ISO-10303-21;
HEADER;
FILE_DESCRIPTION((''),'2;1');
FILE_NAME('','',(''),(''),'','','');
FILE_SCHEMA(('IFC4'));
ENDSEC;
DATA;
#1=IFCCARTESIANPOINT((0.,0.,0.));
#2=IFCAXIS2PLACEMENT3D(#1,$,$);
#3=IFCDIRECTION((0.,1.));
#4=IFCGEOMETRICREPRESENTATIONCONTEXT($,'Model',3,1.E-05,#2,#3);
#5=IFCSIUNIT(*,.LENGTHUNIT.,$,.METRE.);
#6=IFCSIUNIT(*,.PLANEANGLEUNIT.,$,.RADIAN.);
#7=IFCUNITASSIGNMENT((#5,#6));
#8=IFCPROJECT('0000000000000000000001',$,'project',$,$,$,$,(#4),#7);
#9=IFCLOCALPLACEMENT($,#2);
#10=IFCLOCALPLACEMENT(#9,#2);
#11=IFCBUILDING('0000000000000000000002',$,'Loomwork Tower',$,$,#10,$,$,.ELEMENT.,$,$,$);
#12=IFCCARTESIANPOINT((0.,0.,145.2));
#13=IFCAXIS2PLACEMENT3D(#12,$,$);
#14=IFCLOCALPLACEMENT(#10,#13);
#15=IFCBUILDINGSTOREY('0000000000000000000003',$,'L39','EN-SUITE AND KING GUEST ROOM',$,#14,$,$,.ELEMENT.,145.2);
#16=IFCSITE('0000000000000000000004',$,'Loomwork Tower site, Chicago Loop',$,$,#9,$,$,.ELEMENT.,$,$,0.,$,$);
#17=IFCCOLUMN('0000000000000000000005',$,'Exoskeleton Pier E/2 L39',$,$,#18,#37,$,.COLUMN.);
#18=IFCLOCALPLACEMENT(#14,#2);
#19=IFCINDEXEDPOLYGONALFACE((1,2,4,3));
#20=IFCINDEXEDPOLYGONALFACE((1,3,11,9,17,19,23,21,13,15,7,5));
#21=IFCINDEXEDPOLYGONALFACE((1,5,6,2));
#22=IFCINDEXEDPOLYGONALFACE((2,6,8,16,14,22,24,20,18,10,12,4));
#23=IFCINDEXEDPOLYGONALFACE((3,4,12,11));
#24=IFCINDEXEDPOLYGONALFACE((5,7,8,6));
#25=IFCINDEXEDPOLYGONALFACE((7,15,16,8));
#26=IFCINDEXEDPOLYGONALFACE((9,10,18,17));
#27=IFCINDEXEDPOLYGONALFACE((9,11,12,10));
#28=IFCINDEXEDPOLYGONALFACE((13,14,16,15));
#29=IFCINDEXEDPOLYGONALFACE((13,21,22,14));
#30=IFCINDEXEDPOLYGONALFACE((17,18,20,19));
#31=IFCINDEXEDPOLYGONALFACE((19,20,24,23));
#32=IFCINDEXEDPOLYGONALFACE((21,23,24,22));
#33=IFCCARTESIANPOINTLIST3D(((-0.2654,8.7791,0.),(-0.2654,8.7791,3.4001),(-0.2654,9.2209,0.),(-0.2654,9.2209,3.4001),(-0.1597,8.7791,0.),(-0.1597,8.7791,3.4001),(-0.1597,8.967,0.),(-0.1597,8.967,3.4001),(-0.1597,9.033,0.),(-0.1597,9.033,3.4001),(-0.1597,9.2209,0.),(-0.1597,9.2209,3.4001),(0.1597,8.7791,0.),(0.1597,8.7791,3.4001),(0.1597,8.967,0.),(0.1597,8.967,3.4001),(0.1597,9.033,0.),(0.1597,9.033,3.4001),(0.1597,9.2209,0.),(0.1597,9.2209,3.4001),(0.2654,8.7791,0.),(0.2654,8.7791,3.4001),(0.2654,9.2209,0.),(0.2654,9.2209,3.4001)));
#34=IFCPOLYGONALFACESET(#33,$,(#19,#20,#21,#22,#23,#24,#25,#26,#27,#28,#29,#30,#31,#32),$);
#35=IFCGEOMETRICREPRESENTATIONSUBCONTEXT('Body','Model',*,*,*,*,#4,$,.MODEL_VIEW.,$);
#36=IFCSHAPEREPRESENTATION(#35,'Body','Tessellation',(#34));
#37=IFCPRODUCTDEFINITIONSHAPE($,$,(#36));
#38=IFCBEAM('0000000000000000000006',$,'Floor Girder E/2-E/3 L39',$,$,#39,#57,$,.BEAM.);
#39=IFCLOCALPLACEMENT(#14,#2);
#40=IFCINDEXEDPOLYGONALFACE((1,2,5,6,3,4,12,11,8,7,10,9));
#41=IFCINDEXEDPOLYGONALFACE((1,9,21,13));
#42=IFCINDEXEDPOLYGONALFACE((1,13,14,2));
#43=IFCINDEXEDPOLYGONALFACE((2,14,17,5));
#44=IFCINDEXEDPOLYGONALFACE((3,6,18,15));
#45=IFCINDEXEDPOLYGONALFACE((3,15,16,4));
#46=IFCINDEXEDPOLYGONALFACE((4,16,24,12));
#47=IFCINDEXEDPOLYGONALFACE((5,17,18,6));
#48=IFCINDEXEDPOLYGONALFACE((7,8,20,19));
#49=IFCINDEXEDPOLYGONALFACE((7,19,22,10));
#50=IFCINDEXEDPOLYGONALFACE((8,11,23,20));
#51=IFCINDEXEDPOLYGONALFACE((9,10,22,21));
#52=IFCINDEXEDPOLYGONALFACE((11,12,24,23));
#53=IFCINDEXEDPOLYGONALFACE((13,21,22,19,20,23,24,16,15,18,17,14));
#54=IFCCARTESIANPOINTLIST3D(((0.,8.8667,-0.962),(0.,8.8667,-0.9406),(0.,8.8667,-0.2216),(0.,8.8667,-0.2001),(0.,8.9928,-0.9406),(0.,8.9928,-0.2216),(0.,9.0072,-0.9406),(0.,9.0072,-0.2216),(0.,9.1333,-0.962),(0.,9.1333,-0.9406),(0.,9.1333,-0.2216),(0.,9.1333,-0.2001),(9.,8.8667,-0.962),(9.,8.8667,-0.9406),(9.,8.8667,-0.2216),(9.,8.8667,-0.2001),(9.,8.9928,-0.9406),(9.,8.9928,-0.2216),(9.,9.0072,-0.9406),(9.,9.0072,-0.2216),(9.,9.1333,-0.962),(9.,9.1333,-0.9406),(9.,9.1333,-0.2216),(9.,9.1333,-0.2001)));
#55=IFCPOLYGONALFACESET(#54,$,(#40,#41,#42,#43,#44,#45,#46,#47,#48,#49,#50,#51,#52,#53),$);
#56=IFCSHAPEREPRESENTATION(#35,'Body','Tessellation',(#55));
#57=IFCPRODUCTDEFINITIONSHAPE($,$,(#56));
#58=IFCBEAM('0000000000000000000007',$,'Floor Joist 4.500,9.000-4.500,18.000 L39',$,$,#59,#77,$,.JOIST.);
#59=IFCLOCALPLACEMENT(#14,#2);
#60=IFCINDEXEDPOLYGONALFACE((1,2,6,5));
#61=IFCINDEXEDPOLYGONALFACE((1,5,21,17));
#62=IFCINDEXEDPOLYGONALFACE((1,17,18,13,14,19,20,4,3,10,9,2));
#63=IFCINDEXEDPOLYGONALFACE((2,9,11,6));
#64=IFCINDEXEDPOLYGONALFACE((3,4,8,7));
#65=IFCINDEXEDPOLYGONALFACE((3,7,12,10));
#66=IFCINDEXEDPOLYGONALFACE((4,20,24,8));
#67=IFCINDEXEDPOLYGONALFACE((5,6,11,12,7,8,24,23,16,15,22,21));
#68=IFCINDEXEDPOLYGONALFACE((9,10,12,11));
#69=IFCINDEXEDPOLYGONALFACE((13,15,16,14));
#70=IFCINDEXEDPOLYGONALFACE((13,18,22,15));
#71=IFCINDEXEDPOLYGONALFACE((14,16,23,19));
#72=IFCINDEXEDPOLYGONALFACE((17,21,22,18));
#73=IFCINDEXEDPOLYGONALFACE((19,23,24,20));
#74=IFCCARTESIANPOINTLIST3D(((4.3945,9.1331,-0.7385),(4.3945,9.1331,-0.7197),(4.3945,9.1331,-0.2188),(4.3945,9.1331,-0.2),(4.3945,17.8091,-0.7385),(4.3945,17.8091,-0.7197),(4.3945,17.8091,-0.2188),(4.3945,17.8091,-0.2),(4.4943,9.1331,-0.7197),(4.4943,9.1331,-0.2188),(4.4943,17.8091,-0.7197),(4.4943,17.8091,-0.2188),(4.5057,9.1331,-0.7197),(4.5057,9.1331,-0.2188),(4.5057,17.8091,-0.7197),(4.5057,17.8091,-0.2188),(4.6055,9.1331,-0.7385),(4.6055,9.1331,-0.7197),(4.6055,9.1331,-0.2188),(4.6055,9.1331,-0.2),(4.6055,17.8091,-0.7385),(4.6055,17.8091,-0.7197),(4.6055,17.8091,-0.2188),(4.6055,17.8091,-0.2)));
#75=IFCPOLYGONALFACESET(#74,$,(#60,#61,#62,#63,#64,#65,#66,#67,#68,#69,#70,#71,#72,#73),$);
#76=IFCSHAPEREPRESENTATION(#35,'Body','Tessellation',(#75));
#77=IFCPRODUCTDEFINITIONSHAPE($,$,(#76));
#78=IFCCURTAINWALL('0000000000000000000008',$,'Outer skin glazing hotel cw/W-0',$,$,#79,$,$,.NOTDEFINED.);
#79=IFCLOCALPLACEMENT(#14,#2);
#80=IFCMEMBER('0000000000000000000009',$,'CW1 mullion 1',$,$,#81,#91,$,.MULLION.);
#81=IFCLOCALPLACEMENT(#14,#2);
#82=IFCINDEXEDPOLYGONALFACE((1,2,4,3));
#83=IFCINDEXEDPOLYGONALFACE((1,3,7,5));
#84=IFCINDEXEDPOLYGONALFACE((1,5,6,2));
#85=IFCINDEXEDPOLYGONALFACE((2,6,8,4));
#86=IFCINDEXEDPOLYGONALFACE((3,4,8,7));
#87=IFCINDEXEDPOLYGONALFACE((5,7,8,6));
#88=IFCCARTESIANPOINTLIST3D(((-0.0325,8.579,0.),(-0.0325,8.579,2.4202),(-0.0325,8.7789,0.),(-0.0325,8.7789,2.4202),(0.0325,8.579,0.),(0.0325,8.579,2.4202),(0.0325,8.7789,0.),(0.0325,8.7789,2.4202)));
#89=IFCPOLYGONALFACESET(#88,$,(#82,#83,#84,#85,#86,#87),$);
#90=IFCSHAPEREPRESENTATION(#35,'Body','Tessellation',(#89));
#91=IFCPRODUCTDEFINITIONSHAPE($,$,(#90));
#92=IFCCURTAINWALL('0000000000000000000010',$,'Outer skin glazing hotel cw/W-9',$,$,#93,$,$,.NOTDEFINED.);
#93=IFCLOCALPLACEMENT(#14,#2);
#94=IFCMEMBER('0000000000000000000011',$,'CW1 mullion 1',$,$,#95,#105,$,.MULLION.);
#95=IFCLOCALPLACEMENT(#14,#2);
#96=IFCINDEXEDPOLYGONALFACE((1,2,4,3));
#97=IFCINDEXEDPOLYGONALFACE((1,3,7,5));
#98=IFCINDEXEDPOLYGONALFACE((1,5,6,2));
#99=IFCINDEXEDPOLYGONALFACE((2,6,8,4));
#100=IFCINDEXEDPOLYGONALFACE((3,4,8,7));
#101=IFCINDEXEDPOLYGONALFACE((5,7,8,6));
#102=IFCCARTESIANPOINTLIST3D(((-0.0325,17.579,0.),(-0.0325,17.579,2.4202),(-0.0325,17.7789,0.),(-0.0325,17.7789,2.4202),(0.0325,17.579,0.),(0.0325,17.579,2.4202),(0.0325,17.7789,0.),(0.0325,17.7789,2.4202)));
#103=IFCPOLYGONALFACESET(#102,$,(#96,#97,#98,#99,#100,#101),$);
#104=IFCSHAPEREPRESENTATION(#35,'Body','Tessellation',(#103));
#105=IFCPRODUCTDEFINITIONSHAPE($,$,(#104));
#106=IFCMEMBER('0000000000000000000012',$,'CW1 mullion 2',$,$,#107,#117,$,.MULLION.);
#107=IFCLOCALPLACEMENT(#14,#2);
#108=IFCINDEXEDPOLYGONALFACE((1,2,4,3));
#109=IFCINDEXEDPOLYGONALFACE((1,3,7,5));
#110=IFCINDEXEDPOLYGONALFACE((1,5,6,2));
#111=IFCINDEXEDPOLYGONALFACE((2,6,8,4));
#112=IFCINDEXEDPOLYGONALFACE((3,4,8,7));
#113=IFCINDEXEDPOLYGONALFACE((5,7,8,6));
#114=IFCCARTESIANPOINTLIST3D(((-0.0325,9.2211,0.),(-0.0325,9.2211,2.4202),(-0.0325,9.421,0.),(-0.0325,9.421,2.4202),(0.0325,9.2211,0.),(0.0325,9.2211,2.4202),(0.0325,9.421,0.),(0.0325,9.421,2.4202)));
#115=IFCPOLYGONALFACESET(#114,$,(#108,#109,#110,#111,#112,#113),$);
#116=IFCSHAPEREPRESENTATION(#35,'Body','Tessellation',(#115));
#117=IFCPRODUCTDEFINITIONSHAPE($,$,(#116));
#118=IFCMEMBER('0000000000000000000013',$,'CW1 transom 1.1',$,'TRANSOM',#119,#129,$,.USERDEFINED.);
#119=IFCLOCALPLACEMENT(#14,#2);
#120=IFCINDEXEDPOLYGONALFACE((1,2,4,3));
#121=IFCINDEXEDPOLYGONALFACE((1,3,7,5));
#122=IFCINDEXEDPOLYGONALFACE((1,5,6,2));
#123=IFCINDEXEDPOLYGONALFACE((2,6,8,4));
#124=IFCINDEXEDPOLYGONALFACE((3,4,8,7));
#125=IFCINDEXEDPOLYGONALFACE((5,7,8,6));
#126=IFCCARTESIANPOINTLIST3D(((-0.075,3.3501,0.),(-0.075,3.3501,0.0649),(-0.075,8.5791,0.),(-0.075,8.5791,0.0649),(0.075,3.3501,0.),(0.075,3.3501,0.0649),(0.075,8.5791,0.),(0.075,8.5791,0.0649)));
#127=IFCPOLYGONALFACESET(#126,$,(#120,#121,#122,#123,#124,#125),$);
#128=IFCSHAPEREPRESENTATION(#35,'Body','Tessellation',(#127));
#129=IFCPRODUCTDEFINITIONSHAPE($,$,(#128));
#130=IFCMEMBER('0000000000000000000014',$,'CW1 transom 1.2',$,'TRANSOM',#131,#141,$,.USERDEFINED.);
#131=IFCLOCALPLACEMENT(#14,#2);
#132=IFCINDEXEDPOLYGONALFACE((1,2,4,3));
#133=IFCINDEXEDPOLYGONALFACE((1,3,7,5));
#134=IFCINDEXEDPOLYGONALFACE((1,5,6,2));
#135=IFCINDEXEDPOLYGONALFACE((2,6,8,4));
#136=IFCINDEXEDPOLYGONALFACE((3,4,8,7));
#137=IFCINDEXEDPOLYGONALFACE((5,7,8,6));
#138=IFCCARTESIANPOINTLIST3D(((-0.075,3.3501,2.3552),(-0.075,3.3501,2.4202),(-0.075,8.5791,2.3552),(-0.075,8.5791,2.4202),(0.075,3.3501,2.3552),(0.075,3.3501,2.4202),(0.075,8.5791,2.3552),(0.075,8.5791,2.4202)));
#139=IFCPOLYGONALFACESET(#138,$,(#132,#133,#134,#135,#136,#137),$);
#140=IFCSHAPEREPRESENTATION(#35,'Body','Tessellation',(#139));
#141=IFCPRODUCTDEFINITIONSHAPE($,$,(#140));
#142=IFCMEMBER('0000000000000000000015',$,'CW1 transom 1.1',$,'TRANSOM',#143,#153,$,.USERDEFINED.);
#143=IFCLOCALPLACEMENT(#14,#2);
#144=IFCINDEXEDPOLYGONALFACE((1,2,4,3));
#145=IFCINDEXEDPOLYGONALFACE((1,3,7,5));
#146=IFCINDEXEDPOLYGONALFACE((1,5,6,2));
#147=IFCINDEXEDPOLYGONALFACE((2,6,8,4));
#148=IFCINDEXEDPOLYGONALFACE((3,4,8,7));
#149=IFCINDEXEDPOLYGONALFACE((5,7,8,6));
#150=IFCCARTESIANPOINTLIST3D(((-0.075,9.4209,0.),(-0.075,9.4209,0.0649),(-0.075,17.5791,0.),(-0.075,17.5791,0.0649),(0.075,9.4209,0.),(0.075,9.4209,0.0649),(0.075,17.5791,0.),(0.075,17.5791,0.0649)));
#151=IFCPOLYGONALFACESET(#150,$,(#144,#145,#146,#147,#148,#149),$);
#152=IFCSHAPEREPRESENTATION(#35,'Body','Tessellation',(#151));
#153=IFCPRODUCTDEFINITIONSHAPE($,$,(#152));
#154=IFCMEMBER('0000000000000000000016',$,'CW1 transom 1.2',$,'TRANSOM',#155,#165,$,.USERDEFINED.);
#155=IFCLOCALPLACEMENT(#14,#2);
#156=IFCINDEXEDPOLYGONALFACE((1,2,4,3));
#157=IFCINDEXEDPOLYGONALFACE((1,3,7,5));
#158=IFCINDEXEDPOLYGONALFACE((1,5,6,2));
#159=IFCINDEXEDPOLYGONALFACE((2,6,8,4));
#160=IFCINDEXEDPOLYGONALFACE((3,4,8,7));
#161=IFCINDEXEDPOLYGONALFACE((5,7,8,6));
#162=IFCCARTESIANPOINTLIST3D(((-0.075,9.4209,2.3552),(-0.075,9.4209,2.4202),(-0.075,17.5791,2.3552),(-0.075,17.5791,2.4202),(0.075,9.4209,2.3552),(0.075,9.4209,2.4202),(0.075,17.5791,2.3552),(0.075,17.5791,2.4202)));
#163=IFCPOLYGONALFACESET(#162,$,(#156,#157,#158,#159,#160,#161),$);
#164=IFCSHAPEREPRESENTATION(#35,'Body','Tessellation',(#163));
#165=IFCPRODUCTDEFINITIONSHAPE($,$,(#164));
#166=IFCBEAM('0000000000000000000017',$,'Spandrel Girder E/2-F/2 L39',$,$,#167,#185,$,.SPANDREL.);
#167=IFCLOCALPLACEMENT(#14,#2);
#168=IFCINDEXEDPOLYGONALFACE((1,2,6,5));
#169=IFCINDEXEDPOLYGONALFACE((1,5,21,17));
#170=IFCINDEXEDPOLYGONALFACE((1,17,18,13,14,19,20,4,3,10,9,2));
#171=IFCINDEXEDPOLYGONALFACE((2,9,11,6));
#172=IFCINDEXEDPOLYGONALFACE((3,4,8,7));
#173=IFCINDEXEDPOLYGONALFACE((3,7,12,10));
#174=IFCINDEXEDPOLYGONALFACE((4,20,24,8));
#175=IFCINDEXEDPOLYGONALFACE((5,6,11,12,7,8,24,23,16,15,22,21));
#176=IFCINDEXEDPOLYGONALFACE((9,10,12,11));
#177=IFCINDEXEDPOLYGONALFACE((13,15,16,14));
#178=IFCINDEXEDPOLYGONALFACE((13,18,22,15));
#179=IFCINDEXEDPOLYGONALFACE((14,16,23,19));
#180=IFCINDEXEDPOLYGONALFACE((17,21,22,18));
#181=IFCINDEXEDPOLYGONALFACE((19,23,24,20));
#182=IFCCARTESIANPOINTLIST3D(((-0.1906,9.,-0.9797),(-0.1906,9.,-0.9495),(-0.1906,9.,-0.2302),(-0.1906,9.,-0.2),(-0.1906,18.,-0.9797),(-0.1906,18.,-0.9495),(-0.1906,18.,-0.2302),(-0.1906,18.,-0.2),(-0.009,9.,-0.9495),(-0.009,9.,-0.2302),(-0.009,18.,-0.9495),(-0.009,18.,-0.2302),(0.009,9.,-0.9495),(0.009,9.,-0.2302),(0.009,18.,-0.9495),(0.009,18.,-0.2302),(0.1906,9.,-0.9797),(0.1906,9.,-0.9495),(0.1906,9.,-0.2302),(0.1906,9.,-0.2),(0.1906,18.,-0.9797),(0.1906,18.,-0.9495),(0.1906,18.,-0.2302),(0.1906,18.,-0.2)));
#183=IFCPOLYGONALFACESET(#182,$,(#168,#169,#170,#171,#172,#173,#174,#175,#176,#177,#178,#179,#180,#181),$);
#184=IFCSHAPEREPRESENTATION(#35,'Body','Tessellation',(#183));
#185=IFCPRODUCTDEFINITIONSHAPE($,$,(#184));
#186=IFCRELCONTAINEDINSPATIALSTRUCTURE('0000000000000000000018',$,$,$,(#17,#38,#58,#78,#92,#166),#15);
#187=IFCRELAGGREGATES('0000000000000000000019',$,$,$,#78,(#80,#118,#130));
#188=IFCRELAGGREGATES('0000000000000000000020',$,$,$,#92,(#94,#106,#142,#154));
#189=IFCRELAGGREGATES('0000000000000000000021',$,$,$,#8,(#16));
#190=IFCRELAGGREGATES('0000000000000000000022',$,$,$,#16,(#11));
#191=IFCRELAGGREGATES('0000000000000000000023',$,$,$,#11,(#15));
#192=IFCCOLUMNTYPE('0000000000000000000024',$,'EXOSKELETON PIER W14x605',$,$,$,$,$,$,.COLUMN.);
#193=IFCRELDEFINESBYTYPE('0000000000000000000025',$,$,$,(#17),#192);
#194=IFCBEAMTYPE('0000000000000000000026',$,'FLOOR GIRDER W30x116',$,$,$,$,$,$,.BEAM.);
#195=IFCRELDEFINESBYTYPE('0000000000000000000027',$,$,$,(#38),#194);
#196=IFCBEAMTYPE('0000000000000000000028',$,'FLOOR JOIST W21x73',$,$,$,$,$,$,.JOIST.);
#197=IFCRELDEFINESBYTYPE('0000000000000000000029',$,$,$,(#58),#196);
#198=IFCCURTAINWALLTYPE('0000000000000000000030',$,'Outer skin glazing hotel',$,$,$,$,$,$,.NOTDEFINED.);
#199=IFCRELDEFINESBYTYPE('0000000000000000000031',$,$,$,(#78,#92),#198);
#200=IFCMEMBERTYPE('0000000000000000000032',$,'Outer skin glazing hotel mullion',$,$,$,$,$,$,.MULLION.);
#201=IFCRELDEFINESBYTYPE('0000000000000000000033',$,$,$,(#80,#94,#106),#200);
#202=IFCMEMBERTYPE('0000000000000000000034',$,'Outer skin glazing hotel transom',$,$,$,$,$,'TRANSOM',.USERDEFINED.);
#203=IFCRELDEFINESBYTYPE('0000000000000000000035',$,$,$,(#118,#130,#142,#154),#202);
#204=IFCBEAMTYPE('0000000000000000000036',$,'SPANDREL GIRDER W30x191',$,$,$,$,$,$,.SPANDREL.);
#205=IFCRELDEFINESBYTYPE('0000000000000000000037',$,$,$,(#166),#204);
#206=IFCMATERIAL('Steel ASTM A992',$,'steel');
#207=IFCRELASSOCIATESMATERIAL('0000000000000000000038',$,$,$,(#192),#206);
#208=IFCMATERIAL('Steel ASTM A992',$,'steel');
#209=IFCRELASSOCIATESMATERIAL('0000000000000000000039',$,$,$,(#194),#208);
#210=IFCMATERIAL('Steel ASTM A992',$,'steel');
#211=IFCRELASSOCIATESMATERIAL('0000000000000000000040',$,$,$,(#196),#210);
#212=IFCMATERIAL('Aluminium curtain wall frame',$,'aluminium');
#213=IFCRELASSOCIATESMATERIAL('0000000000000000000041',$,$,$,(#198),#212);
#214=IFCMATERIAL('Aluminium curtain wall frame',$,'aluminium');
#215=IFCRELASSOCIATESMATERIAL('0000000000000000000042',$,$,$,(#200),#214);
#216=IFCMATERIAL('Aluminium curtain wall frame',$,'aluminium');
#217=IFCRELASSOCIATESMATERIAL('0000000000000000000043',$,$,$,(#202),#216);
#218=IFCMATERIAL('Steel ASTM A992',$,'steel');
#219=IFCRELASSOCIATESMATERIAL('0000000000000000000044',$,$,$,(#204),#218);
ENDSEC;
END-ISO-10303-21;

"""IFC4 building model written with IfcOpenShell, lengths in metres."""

from ifc_helpers import new_model, si_unit, direction, frame, origin, origin_2d, place, context, subcontext, project, spatial, rectangle, i_section, extrude, material, material_profile, profile_set, type_object, element, aggregate, save


model = new_model("IFC4")

# Units and contexts
model_context = context("Model", 3, precision=1e-05, world=origin(), true_north=direction((0.0, 1.0)))
body_context = subcontext(model_context, "Body", "Model", "MODEL_VIEW")
ifc_project = project(units=[si_unit("LENGTHUNIT", "METRE"), si_unit("PLANEANGLEUNIT", "RADIAN")], contexts=[model_context])

# Site, building, storey
site_placement = place(None, origin())
site = spatial("IfcSite", under=ifc_project, at=site_placement, Name="Loomwork Tower site, Chicago Loop", CompositionType="ELEMENT", RefElevation=0.0)
building_placement = place(site_placement, origin())
building = spatial("IfcBuilding", under=site, at=building_placement, Name="Loomwork Tower", CompositionType="ELEMENT")
storey_placement = place(building_placement, frame((0.0, 0.0, 145.2)))
storey = spatial("IfcBuildingStorey", under=building, at=storey_placement, Name="L39", Description="EN-SUITE AND KING GUEST ROOM", CompositionType="ELEMENT", Elevation=145.2)

# Column
ifc_material_1 = material(Name="Steel ASTM A992", Category="steel")
ifc_material_profile_1 = material_profile(ifc_material_1, i_section(OverallWidth=0.4419, OverallDepth=0.5308, WebThickness=0.0659, FlangeThickness=0.1057, at=origin_2d()), Name="W14x605")
ifc_profile_set_1 = profile_set([ifc_material_profile_1], Name="Steel ASTM A992")
column_type = type_object("IfcColumnType", Name="EXOSKELETON PIER W14x605", PredefinedType="COLUMN", material=ifc_profile_set_1)
column_placement = place(storey_placement, frame((0.0, 9.0, 0.0), z_axis=(0.0, 0.0, 1.0), x_axis=(0.0, 1.0, 0.0)))
element("IfcColumn", 1, at=column_placement, inside=storey, type_object=column_type, Name="Exoskeleton Pier E/2 L39", PredefinedType="COLUMN", context=body_context, shape_type="SweptSolid", body=[
    extrude(i_section(OverallWidth=0.4419, OverallDepth=0.5308, WebThickness=0.0659, FlangeThickness=0.1057, at=origin_2d()), origin(), (0.0, 0.0, 1.0), 3.4001),
])

# Beams
ifc_material_2 = material(Name="Steel ASTM A992", Category="steel")
ifc_material_profile_2 = material_profile(ifc_material_2, i_section(OverallWidth=0.2666, OverallDepth=0.762, WebThickness=0.0144, FlangeThickness=0.0215, at=origin_2d()), Name="W30x116")
ifc_profile_set_2 = profile_set([ifc_material_profile_2], Name="Steel ASTM A992")
beam_type_1 = type_object("IfcBeamType", Name="FLOOR GIRDER W30x116", PredefinedType="BEAM", material=ifc_profile_set_2)
beam_1_placement = place(storey_placement, frame((0.0, 9.0, -0.5811), z_axis=(1.0, 0.0, 0.0), x_axis=(0.0, 1.0, 0.0)))
element("IfcBeam", 2, at=beam_1_placement, inside=storey, type_object=beam_type_1, Name="Floor Girder E/2-E/3 L39", PredefinedType="BEAM", context=body_context, shape_type="SweptSolid", body=[
    extrude(i_section(OverallWidth=0.2666, OverallDepth=0.762, WebThickness=0.0144, FlangeThickness=0.0215, at=origin_2d()), origin(), (0.0, 0.0, 1.0), 9.0),
])
ifc_material_3 = material(Name="Steel ASTM A992", Category="steel")
ifc_material_profile_3 = material_profile(ifc_material_3, i_section(OverallWidth=0.2109, OverallDepth=0.5386, WebThickness=0.0115, FlangeThickness=0.0188, at=origin_2d()), Name="W21x73")
ifc_profile_set_3 = profile_set([ifc_material_profile_3], Name="Steel ASTM A992")
beam_type_2 = type_object("IfcBeamType", Name="FLOOR JOIST W21x73", PredefinedType="JOIST", material=ifc_profile_set_3)
beam_2_placement = place(storey_placement, frame((4.5, 9.1331, -0.4692), z_axis=(0.0, 1.0, 0.0), x_axis=(-1.0, 0.0, 0.0)))
element("IfcBeam", 3, at=beam_2_placement, inside=storey, type_object=beam_type_2, Name="Floor Joist 4.500,9.000-4.500,18.000 L39", PredefinedType="JOIST", context=body_context, shape_type="SweptSolid", body=[
    extrude(i_section(OverallWidth=0.2109, OverallDepth=0.5386, WebThickness=0.0115, FlangeThickness=0.0188, at=origin_2d()), origin(), (0.0, 0.0, 1.0), 8.676),
])

# Curtain wall, member
ifc_material_4 = material(Name="Aluminium curtain wall frame", Category="aluminium")
curtain_wall_type = type_object("IfcCurtainWallType", Name="Outer skin glazing hotel", PredefinedType="NOTDEFINED", material=ifc_material_4)
curtain_wall_1_placement = place(storey_placement, origin())
curtain_wall_1 = element("IfcCurtainWall", 4, at=curtain_wall_1_placement, inside=storey, type_object=curtain_wall_type, Name="Outer skin glazing hotel cw/W-0", PredefinedType="NOTDEFINED")
ifc_material_5 = material(Name="Aluminium curtain wall frame", Category="aluminium")
ifc_material_profile_4 = material_profile(ifc_material_5, rectangle(XDim=0.0649, YDim=0.2, at=origin_2d()), Name="AL 65x200")
ifc_profile_set_4 = profile_set([ifc_material_profile_4], Name="Aluminium curtain wall frame")
member_type_1 = type_object("IfcMemberType", Name="Outer skin glazing hotel mullion", PredefinedType="MULLION", material=ifc_profile_set_4)
member_1_placement = place(storey_placement, frame((0.0, 8.679, 0.0), z_axis=(0.0, 0.0, 1.0), x_axis=(1.0, 0.0, 0.0)))
member_1 = element("IfcMember", 5, at=member_1_placement, type_object=member_type_1, Name="CW1 mullion 1", PredefinedType="MULLION", context=body_context, shape_type="SweptSolid", body=[
    extrude(rectangle(XDim=0.0649, YDim=0.2, at=origin_2d()), origin(), (0.0, 0.0, 1.0), 2.4202),
])

# Curtain wall, members
curtain_wall_2_placement = place(storey_placement, origin())
curtain_wall_2 = element("IfcCurtainWall", 6, at=curtain_wall_2_placement, inside=storey, type_object=curtain_wall_type, Name="Outer skin glazing hotel cw/W-9", PredefinedType="NOTDEFINED")
member_2_placement = place(storey_placement, frame((0.0, 17.679, 0.0), z_axis=(0.0, 0.0, 1.0), x_axis=(1.0, 0.0, 0.0)))
member_2 = element("IfcMember", 7, at=member_2_placement, type_object=member_type_1, Name="CW1 mullion 1", PredefinedType="MULLION", context=body_context, shape_type="SweptSolid", body=[
    extrude(rectangle(XDim=0.0649, YDim=0.2, at=origin_2d()), origin(), (0.0, 0.0, 1.0), 2.4202),
])
member_3_placement = place(storey_placement, frame((0.0, 9.321, 0.0), z_axis=(0.0, 0.0, 1.0), x_axis=(1.0, 0.0, 0.0)))
member_3 = element("IfcMember", 8, at=member_3_placement, type_object=member_type_1, Name="CW1 mullion 2", PredefinedType="MULLION", context=body_context, shape_type="SweptSolid", body=[
    extrude(rectangle(XDim=0.0649, YDim=0.2, at=origin_2d()), origin(), (0.0, 0.0, 1.0), 2.4202),
])

# Members
ifc_material_6 = material(Name="Aluminium curtain wall frame", Category="aluminium")
ifc_material_profile_5 = material_profile(ifc_material_6, rectangle(XDim=0.1499, YDim=0.0649, at=origin_2d()), Name="AL 65x150")
ifc_profile_set_5 = profile_set([ifc_material_profile_5], Name="Aluminium curtain wall frame")
member_type_2 = type_object("IfcMemberType", Name="Outer skin glazing hotel transom", ElementType="TRANSOM", PredefinedType="USERDEFINED", material=ifc_profile_set_5)
member_4_placement = place(storey_placement, frame((0.0, 8.5791, 0.0325), z_axis=(0.0, -1.0, 0.0), x_axis=(1.0, 0.0, 0.0)))
member_4 = element("IfcMember", 9, at=member_4_placement, type_object=member_type_2, Name="CW1 transom 1.1", ObjectType="TRANSOM", PredefinedType="USERDEFINED", context=body_context, shape_type="SweptSolid", body=[
    extrude(rectangle(XDim=0.1499, YDim=0.0649, at=origin_2d()), origin(), (0.0, 0.0, 1.0), 5.229),
])
member_5_placement = place(storey_placement, frame((0.0, 8.5791, 2.3877), z_axis=(0.0, -1.0, 0.0), x_axis=(1.0, 0.0, 0.0)))
member_5 = element("IfcMember", 10, at=member_5_placement, type_object=member_type_2, Name="CW1 transom 1.2", ObjectType="TRANSOM", PredefinedType="USERDEFINED", context=body_context, shape_type="SweptSolid", body=[
    extrude(rectangle(XDim=0.1499, YDim=0.0649, at=origin_2d()), origin(), (0.0, 0.0, 1.0), 5.229),
])
member_6_placement = place(storey_placement, frame((0.0, 17.5791, 0.0325), z_axis=(0.0, -1.0, 0.0), x_axis=(1.0, 0.0, 0.0)))
member_6 = element("IfcMember", 11, at=member_6_placement, type_object=member_type_2, Name="CW1 transom 1.1", ObjectType="TRANSOM", PredefinedType="USERDEFINED", context=body_context, shape_type="SweptSolid", body=[
    extrude(rectangle(XDim=0.1499, YDim=0.0649, at=origin_2d()), origin(), (0.0, 0.0, 1.0), 8.1582),
])
member_7_placement = place(storey_placement, frame((0.0, 17.5791, 2.3877), z_axis=(0.0, -1.0, 0.0), x_axis=(1.0, 0.0, 0.0)))
member_7 = element("IfcMember", 12, at=member_7_placement, type_object=member_type_2, Name="CW1 transom 1.2", ObjectType="TRANSOM", PredefinedType="USERDEFINED", context=body_context, shape_type="SweptSolid", body=[
    extrude(rectangle(XDim=0.1499, YDim=0.0649, at=origin_2d()), origin(), (0.0, 0.0, 1.0), 8.1582),
])

# Beam
ifc_material_7 = material(Name="Steel ASTM A992", Category="steel")
ifc_material_profile_6 = material_profile(ifc_material_7, i_section(OverallWidth=0.3811, OverallDepth=0.7798, WebThickness=0.0181, FlangeThickness=0.0303, at=origin_2d()), Name="W30x191")
ifc_profile_set_6 = profile_set([ifc_material_profile_6], Name="Steel ASTM A992")
beam_type_3 = type_object("IfcBeamType", Name="SPANDREL GIRDER W30x191", PredefinedType="SPANDREL", material=ifc_profile_set_6)
beam_3_placement = place(storey_placement, frame((0.0, 9.0, -0.5898), z_axis=(0.0, 1.0, 0.0), x_axis=(-1.0, 0.0, 0.0)))
element("IfcBeam", 13, at=beam_3_placement, inside=storey, type_object=beam_type_3, Name="Spandrel Girder E/2-F/2 L39", PredefinedType="SPANDREL", context=body_context, shape_type="SweptSolid", body=[
    extrude(i_section(OverallWidth=0.3811, OverallDepth=0.7798, WebThickness=0.0181, FlangeThickness=0.0303, at=origin_2d()), origin(), (0.0, 0.0, 1.0), 9.0),
])

aggregate(curtain_wall_1, [member_1, member_4, member_5])
aggregate(curtain_wall_2, [member_2, member_3, member_6, member_7])

save(model, "model.ifc")
